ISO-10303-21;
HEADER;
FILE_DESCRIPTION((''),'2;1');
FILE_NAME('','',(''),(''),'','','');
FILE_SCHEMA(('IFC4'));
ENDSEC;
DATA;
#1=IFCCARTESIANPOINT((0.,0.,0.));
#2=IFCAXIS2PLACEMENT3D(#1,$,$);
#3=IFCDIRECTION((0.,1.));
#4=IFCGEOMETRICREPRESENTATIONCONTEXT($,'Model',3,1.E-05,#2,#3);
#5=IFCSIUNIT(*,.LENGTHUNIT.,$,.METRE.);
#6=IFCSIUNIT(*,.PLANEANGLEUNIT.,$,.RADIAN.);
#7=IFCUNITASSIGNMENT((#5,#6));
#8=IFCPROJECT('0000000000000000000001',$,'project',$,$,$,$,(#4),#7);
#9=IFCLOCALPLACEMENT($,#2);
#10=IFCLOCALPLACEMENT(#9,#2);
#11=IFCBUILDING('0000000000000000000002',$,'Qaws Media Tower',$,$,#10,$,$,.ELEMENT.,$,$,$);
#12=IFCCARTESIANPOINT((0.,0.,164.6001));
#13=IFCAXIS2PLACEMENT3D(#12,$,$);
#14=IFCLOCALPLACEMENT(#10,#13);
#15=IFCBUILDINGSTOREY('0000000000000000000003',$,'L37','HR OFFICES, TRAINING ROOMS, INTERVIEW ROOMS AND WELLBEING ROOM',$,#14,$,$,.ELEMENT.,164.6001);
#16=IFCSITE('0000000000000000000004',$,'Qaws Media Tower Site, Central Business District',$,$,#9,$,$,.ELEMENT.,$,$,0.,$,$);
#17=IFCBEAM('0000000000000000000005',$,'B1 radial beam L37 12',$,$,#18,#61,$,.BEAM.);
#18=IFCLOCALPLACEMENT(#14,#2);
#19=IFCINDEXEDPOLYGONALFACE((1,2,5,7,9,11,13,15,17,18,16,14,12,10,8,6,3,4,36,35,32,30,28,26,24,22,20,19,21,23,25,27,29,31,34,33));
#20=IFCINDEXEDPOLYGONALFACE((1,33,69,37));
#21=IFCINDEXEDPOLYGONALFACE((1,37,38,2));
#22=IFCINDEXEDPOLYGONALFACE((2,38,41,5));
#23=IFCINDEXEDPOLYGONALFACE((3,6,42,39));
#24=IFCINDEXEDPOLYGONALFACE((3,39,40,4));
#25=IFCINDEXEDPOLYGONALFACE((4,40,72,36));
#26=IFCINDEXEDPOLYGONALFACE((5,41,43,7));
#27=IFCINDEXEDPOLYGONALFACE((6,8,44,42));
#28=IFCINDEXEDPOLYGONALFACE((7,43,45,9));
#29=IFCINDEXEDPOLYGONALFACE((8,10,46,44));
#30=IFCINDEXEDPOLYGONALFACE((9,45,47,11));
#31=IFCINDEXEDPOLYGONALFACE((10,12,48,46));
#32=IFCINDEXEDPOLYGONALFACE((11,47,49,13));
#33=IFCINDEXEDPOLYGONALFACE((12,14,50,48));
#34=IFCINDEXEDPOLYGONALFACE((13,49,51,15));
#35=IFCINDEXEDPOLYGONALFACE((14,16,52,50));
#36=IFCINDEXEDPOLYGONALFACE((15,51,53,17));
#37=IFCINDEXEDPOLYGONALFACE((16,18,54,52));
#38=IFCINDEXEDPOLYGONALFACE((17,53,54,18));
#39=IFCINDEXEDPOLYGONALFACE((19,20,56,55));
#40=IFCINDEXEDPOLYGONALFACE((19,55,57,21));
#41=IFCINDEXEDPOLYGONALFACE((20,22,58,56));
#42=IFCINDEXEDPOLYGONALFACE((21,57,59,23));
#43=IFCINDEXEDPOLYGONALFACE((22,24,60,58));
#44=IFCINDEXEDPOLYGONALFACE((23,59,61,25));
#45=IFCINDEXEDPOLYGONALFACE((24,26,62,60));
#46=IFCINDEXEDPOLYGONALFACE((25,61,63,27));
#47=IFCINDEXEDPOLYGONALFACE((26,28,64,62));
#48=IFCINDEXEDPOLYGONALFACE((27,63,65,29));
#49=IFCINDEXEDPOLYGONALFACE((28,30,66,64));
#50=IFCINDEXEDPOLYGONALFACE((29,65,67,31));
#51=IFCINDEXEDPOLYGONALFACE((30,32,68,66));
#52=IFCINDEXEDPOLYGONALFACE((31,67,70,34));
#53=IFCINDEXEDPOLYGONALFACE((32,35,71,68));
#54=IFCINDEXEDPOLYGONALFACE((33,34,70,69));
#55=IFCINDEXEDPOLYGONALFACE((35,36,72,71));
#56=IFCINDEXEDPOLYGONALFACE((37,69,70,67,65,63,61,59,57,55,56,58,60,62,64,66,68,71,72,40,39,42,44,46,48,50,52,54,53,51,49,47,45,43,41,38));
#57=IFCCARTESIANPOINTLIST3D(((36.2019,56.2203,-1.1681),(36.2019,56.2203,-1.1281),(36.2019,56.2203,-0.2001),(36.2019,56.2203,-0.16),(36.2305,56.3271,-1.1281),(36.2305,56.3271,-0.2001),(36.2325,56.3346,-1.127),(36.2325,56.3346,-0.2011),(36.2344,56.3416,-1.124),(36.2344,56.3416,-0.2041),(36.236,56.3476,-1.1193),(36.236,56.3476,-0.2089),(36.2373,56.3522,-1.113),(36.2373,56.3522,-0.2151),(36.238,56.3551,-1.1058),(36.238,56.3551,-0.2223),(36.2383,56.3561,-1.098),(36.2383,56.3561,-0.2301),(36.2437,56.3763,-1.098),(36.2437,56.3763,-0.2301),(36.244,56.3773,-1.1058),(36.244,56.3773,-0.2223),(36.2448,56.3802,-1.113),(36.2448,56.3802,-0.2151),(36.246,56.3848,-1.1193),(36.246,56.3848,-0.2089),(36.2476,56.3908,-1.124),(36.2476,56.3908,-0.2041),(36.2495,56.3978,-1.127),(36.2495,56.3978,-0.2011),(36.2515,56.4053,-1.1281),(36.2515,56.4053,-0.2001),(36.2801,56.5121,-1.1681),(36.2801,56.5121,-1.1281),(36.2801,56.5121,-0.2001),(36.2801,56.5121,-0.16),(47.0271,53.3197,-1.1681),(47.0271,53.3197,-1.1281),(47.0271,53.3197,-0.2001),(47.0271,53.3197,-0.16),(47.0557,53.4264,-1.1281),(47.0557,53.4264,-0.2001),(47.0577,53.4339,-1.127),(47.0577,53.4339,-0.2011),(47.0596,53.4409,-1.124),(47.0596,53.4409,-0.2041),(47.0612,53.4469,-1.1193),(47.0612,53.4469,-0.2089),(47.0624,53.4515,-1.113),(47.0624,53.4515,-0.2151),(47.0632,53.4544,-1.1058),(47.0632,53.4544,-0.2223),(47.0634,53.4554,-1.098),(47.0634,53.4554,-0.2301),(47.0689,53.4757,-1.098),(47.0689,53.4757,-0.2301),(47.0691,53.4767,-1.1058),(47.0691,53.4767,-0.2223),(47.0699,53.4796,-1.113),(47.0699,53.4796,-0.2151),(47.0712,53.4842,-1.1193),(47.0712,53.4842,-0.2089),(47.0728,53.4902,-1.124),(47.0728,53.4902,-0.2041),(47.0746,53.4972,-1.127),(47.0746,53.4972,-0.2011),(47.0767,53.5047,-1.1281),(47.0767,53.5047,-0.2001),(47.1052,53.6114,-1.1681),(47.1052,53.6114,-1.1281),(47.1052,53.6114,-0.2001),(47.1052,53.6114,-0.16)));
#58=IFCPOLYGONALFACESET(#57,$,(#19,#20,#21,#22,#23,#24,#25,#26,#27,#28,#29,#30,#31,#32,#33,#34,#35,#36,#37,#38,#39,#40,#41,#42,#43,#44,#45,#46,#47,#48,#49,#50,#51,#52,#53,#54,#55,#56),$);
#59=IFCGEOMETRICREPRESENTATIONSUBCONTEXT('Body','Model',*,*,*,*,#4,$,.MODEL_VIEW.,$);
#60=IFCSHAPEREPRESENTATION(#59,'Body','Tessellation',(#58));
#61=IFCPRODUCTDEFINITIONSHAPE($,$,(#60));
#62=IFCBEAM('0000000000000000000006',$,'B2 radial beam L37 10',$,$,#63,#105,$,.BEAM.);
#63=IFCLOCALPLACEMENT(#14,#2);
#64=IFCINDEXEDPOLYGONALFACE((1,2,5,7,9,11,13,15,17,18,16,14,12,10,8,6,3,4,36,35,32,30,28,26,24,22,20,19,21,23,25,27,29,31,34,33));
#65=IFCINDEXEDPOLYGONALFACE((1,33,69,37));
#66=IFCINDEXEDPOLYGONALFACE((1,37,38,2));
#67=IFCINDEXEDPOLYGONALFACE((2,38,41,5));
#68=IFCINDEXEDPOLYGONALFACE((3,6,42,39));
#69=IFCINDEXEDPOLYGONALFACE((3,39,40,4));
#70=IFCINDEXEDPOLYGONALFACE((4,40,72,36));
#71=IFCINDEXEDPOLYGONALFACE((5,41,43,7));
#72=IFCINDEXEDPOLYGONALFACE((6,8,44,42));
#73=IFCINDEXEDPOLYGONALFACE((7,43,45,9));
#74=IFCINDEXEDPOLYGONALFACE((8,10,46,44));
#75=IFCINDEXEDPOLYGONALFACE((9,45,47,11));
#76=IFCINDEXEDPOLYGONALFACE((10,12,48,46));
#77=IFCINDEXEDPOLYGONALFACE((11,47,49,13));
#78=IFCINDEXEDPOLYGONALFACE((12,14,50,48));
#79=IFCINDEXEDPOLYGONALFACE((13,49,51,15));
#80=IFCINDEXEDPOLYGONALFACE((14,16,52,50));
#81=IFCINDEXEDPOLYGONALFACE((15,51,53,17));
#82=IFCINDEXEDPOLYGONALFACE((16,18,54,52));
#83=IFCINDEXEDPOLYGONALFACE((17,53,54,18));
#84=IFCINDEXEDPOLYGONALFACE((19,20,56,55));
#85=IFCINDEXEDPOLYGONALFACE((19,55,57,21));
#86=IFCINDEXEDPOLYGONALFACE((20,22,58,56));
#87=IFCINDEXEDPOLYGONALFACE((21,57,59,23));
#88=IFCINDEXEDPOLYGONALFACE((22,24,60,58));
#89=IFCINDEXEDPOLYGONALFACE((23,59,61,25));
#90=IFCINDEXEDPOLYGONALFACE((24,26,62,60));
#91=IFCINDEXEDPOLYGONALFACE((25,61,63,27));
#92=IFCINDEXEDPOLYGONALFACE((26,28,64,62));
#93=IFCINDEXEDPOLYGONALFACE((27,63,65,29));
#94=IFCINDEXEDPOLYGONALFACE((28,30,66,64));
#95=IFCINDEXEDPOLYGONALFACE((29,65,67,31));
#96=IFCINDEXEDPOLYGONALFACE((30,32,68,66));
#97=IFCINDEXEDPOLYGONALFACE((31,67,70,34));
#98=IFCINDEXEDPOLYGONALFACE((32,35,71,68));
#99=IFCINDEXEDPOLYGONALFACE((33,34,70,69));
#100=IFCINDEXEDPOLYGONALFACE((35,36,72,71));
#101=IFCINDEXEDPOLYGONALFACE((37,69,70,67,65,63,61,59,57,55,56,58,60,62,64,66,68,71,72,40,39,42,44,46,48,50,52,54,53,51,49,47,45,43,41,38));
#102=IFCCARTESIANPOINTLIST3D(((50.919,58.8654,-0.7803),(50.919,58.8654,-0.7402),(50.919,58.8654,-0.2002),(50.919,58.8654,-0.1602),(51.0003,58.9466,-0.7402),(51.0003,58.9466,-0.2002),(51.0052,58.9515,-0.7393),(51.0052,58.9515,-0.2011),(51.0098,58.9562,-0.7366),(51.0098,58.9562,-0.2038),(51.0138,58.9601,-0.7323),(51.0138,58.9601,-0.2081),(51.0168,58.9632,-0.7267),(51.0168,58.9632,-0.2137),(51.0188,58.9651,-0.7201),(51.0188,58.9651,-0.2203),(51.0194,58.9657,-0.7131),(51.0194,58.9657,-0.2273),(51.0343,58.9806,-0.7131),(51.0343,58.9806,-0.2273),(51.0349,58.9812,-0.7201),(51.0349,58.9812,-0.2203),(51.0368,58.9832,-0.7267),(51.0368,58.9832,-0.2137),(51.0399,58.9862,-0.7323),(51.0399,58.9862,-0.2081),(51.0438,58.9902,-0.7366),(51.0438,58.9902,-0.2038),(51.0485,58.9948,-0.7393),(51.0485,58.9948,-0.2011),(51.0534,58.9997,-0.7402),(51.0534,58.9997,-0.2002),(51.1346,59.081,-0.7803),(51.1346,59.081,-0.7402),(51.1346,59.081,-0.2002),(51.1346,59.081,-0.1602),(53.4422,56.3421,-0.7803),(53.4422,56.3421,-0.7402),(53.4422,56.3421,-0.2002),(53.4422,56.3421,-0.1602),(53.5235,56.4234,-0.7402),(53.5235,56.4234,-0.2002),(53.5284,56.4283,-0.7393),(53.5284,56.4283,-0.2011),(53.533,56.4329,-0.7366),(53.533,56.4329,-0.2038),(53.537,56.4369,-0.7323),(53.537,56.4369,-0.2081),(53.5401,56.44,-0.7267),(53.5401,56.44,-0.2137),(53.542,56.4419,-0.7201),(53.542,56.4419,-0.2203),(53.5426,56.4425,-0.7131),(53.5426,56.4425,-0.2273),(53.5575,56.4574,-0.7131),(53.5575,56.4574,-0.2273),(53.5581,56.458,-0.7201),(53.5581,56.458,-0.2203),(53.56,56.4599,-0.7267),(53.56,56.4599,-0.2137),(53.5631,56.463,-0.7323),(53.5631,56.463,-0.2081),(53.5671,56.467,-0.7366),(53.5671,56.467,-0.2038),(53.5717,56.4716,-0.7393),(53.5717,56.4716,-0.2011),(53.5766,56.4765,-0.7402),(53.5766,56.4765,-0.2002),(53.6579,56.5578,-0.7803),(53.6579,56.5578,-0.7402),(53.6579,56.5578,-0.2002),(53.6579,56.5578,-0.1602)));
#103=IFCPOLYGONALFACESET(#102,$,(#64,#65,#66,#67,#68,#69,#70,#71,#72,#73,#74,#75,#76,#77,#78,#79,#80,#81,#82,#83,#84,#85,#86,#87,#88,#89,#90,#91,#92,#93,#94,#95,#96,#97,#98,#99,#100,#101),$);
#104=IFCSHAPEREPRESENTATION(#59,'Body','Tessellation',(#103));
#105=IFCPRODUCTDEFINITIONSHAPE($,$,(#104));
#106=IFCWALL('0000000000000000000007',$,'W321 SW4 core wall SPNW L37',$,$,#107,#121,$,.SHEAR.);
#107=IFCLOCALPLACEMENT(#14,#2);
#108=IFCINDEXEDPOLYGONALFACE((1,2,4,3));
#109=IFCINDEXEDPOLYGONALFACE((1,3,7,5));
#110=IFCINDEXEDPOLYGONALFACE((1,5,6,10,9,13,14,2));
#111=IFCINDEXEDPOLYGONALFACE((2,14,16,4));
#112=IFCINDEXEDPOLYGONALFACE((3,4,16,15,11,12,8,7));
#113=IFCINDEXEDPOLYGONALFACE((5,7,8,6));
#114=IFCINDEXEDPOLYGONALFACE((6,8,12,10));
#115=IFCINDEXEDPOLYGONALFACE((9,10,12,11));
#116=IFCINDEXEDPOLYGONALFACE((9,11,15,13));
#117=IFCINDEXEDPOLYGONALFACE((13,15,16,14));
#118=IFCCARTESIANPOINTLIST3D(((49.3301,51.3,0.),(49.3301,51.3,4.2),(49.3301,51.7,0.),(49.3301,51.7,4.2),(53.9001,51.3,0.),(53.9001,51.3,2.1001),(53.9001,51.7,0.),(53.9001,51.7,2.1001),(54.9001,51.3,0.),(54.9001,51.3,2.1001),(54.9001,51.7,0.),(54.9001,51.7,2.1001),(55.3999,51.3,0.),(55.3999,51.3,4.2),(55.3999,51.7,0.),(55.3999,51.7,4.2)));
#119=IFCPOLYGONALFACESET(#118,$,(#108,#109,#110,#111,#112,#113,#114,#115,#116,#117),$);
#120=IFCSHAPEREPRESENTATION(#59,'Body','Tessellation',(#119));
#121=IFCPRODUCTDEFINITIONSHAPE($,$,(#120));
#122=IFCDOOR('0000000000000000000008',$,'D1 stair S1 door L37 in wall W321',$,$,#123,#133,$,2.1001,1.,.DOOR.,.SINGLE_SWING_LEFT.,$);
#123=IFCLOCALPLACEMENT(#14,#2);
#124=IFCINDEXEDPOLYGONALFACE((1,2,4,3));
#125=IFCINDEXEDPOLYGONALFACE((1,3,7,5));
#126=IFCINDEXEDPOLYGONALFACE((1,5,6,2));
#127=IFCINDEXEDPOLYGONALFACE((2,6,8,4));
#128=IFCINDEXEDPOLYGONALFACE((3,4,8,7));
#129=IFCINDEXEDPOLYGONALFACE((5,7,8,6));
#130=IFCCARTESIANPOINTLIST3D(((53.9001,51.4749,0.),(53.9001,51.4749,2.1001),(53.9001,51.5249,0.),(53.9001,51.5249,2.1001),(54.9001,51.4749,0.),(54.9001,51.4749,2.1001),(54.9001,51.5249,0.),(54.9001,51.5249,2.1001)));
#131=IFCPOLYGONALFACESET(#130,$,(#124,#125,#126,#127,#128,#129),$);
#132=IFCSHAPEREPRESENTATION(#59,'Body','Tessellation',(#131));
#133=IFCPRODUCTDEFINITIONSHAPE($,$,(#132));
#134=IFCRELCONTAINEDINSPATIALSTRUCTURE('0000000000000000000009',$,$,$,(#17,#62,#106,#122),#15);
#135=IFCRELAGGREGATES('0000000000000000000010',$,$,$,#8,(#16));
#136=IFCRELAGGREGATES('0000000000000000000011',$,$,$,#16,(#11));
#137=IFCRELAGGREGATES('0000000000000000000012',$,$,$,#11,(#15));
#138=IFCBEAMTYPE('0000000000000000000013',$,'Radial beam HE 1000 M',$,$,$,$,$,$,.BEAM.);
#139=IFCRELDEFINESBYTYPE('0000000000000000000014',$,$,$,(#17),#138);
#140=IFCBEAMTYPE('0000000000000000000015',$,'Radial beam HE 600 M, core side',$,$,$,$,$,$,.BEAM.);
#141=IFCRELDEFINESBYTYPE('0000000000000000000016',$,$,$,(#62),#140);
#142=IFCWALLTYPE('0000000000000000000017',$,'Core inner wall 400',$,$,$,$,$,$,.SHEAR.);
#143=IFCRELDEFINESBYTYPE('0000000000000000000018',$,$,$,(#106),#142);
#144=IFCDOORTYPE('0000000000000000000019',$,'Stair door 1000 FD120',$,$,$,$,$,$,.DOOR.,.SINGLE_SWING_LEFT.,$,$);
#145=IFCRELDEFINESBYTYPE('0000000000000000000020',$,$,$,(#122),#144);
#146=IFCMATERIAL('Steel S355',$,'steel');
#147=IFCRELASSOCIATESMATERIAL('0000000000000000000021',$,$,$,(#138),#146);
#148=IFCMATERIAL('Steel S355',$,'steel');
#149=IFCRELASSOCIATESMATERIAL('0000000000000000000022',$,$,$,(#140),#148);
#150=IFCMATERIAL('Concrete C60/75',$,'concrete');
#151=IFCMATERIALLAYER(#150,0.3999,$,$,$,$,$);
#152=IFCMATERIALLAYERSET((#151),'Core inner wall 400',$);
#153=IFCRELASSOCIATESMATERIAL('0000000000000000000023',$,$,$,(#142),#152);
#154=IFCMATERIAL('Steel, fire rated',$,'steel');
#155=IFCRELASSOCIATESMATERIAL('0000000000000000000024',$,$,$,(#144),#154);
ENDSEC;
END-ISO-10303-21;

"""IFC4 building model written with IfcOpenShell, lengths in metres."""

from ifc_helpers import new_model, si_unit, direction, frame, frame_2d, origin, origin_2d, place, context, subcontext, project, spatial, rectangle, i_section, extrude, material, layer, layer_set, material_profile, profile_set, type_object, element, fill, save


model = new_model("IFC4")

# Units and contexts
model_context = context("Model", 3, precision=1e-05, world=origin(), true_north=direction((0.0, 1.0)))
body_context = subcontext(model_context, "Body", "Model", "MODEL_VIEW")
ifc_project = project(units=[si_unit("LENGTHUNIT", "METRE"), si_unit("PLANEANGLEUNIT", "RADIAN")], contexts=[model_context])

# Site, building, storey
site_placement = place(None, origin())
site = spatial("IfcSite", under=ifc_project, at=site_placement, Name="Qaws Media Tower Site, Central Business District", CompositionType="ELEMENT", RefElevation=0.0)
building_placement = place(site_placement, origin())
building = spatial("IfcBuilding", under=site, at=building_placement, Name="Qaws Media Tower", CompositionType="ELEMENT")
storey_placement = place(building_placement, frame((0.0, 0.0, 164.6001)))
storey = spatial("IfcBuildingStorey", under=building, at=storey_placement, Name="L37", Description="HR OFFICES, TRAINING ROOMS, INTERVIEW ROOMS AND WELLBEING ROOM", CompositionType="ELEMENT", Elevation=164.6001)

# Beams
ifc_material_1 = material(Name="Steel S355", Category="steel")
ifc_material_profile_1 = material_profile(ifc_material_1, i_section(OverallWidth=0.302, OverallDepth=1.0081, WebThickness=0.021, FlangeThickness=0.04, FilletRadius=0.03, at=origin_2d()), Name="HE 1000 M")
ifc_profile_set_1 = profile_set([ifc_material_profile_1], Name="Steel S355")
beam_type_1 = type_object("IfcBeamType", Name="Radial beam HE 1000 M", PredefinedType="BEAM", material=ifc_profile_set_1)
beam_1_placement = place(storey_placement, frame((47.0662, 53.4656, -0.6641), z_axis=(-0.965925, 0.258822, 0.0), x_axis=(-0.258822, -0.965925, 0.0)))
element("IfcBeam", 1, at=beam_1_placement, inside=storey, type_object=beam_type_1, Name="B1 radial beam L37 12", PredefinedType="BEAM", context=body_context, shape_type="SweptSolid", body=[
    extrude(i_section(OverallWidth=0.302, OverallDepth=1.0081, WebThickness=0.021, FlangeThickness=0.04, FilletRadius=0.03, at=origin_2d()), origin(), (0.0, 0.0, 1.0), 11.207),
])
ifc_material_2 = material(Name="Steel S355", Category="steel")
ifc_material_profile_2 = material_profile(ifc_material_2, i_section(OverallWidth=0.3049, OverallDepth=0.6201, WebThickness=0.021, FlangeThickness=0.04, FilletRadius=0.0271, at=origin_2d()), Name="HE 600 M")
ifc_profile_set_2 = profile_set([ifc_material_profile_2], Name="Steel S355")
beam_type_2 = type_object("IfcBeamType", Name="Radial beam HE 600 M, core side", PredefinedType="BEAM", material=ifc_profile_set_2)
beam_2_placement = place(storey_placement, frame((53.55, 56.45, -0.4702), z_axis=(-0.707107, 0.707107, 0.0), x_axis=(-0.707107, -0.707107, 0.0)))
element("IfcBeam", 2, at=beam_2_placement, inside=storey, type_object=beam_type_2, Name="B2 radial beam L37 10", PredefinedType="BEAM", context=body_context, shape_type="SweptSolid", body=[
    extrude(i_section(OverallWidth=0.3049, OverallDepth=0.6201, WebThickness=0.021, FlangeThickness=0.04, FilletRadius=0.0271, at=origin_2d()), origin(), (0.0, 0.0, 1.0), 3.5684),
])

# Wall, opening, door
ifc_material_3 = material(Name="Concrete C60/75", Category="concrete")
ifc_layer_1 = layer(ifc_material_3, 0.3999)
ifc_layer_set_1 = layer_set([ifc_layer_1], Name="Core inner wall 400")
wall_type_1 = type_object("IfcWallType", Name="Core inner wall 400", PredefinedType="SHEAR", material=ifc_layer_set_1)
wall_1_placement = place(storey_placement, frame((49.3301, 51.5, 0.0), z_axis=(0.0, 0.0, 1.0), x_axis=(1.0, 0.0, 0.0)))
wall_1 = element("IfcWall", 3, at=wall_1_placement, inside=storey, type_object=wall_type_1, Name="W321 SW4 core wall SPNW L37", PredefinedType="SHEAR", context=body_context, shape_type="SweptSolid", body=[
    extrude(rectangle(XDim=6.0698, YDim=0.3999, at=frame_2d((3.0349, 0.0))), origin(), (0.0, 0.0, 1.0), 4.2),
])
opening_1_placement = place(wall_1_placement, frame((4.5701, 0.0, 0.0)))
opening_1 = element("IfcOpeningElement", 4, at=opening_1_placement, cuts=wall_1, PredefinedType="OPENING", context=body_context, shape_type="SweptSolid", body=[
    extrude(rectangle(XDim=1.0, YDim=2.1001, at=frame_2d((0.5, 1.05))), frame((0.0, 0.21, 0.0), z_axis=(0.0, -1.0, 0.0), x_axis=(1.0, 0.0, 0.0)), (0.0, 0.0, 1.0), 0.4199),
])
ifc_material_4 = material(Name="Steel, fire rated", Category="steel")
door_type_1 = type_object("IfcDoorType", Name="Stair door 1000 FD120", OperationType="SINGLE_SWING_LEFT", PredefinedType="DOOR", material=ifc_material_4)
door_1_placement = place(opening_1_placement, origin())
door_1 = element("IfcDoor", 5, at=door_1_placement, inside=storey, type_object=door_type_1, Name="D1 stair S1 door L37 in wall W321", OperationType="SINGLE_SWING_LEFT", OverallHeight=2.1001, OverallWidth=1.0, PredefinedType="DOOR", context=body_context, shape_type="SweptSolid", body=[
    extrude(rectangle(XDim=1.0, YDim=2.1001, at=frame_2d((0.5, 1.05))), frame((0.0, 0.0249, 0.0), z_axis=(0.0, -1.0, 0.0), x_axis=(1.0, 0.0, 0.0)), (0.0, 0.0, 1.0), 0.05),
])
fill(opening_1, door_1)

save(model, "model.ifc")
